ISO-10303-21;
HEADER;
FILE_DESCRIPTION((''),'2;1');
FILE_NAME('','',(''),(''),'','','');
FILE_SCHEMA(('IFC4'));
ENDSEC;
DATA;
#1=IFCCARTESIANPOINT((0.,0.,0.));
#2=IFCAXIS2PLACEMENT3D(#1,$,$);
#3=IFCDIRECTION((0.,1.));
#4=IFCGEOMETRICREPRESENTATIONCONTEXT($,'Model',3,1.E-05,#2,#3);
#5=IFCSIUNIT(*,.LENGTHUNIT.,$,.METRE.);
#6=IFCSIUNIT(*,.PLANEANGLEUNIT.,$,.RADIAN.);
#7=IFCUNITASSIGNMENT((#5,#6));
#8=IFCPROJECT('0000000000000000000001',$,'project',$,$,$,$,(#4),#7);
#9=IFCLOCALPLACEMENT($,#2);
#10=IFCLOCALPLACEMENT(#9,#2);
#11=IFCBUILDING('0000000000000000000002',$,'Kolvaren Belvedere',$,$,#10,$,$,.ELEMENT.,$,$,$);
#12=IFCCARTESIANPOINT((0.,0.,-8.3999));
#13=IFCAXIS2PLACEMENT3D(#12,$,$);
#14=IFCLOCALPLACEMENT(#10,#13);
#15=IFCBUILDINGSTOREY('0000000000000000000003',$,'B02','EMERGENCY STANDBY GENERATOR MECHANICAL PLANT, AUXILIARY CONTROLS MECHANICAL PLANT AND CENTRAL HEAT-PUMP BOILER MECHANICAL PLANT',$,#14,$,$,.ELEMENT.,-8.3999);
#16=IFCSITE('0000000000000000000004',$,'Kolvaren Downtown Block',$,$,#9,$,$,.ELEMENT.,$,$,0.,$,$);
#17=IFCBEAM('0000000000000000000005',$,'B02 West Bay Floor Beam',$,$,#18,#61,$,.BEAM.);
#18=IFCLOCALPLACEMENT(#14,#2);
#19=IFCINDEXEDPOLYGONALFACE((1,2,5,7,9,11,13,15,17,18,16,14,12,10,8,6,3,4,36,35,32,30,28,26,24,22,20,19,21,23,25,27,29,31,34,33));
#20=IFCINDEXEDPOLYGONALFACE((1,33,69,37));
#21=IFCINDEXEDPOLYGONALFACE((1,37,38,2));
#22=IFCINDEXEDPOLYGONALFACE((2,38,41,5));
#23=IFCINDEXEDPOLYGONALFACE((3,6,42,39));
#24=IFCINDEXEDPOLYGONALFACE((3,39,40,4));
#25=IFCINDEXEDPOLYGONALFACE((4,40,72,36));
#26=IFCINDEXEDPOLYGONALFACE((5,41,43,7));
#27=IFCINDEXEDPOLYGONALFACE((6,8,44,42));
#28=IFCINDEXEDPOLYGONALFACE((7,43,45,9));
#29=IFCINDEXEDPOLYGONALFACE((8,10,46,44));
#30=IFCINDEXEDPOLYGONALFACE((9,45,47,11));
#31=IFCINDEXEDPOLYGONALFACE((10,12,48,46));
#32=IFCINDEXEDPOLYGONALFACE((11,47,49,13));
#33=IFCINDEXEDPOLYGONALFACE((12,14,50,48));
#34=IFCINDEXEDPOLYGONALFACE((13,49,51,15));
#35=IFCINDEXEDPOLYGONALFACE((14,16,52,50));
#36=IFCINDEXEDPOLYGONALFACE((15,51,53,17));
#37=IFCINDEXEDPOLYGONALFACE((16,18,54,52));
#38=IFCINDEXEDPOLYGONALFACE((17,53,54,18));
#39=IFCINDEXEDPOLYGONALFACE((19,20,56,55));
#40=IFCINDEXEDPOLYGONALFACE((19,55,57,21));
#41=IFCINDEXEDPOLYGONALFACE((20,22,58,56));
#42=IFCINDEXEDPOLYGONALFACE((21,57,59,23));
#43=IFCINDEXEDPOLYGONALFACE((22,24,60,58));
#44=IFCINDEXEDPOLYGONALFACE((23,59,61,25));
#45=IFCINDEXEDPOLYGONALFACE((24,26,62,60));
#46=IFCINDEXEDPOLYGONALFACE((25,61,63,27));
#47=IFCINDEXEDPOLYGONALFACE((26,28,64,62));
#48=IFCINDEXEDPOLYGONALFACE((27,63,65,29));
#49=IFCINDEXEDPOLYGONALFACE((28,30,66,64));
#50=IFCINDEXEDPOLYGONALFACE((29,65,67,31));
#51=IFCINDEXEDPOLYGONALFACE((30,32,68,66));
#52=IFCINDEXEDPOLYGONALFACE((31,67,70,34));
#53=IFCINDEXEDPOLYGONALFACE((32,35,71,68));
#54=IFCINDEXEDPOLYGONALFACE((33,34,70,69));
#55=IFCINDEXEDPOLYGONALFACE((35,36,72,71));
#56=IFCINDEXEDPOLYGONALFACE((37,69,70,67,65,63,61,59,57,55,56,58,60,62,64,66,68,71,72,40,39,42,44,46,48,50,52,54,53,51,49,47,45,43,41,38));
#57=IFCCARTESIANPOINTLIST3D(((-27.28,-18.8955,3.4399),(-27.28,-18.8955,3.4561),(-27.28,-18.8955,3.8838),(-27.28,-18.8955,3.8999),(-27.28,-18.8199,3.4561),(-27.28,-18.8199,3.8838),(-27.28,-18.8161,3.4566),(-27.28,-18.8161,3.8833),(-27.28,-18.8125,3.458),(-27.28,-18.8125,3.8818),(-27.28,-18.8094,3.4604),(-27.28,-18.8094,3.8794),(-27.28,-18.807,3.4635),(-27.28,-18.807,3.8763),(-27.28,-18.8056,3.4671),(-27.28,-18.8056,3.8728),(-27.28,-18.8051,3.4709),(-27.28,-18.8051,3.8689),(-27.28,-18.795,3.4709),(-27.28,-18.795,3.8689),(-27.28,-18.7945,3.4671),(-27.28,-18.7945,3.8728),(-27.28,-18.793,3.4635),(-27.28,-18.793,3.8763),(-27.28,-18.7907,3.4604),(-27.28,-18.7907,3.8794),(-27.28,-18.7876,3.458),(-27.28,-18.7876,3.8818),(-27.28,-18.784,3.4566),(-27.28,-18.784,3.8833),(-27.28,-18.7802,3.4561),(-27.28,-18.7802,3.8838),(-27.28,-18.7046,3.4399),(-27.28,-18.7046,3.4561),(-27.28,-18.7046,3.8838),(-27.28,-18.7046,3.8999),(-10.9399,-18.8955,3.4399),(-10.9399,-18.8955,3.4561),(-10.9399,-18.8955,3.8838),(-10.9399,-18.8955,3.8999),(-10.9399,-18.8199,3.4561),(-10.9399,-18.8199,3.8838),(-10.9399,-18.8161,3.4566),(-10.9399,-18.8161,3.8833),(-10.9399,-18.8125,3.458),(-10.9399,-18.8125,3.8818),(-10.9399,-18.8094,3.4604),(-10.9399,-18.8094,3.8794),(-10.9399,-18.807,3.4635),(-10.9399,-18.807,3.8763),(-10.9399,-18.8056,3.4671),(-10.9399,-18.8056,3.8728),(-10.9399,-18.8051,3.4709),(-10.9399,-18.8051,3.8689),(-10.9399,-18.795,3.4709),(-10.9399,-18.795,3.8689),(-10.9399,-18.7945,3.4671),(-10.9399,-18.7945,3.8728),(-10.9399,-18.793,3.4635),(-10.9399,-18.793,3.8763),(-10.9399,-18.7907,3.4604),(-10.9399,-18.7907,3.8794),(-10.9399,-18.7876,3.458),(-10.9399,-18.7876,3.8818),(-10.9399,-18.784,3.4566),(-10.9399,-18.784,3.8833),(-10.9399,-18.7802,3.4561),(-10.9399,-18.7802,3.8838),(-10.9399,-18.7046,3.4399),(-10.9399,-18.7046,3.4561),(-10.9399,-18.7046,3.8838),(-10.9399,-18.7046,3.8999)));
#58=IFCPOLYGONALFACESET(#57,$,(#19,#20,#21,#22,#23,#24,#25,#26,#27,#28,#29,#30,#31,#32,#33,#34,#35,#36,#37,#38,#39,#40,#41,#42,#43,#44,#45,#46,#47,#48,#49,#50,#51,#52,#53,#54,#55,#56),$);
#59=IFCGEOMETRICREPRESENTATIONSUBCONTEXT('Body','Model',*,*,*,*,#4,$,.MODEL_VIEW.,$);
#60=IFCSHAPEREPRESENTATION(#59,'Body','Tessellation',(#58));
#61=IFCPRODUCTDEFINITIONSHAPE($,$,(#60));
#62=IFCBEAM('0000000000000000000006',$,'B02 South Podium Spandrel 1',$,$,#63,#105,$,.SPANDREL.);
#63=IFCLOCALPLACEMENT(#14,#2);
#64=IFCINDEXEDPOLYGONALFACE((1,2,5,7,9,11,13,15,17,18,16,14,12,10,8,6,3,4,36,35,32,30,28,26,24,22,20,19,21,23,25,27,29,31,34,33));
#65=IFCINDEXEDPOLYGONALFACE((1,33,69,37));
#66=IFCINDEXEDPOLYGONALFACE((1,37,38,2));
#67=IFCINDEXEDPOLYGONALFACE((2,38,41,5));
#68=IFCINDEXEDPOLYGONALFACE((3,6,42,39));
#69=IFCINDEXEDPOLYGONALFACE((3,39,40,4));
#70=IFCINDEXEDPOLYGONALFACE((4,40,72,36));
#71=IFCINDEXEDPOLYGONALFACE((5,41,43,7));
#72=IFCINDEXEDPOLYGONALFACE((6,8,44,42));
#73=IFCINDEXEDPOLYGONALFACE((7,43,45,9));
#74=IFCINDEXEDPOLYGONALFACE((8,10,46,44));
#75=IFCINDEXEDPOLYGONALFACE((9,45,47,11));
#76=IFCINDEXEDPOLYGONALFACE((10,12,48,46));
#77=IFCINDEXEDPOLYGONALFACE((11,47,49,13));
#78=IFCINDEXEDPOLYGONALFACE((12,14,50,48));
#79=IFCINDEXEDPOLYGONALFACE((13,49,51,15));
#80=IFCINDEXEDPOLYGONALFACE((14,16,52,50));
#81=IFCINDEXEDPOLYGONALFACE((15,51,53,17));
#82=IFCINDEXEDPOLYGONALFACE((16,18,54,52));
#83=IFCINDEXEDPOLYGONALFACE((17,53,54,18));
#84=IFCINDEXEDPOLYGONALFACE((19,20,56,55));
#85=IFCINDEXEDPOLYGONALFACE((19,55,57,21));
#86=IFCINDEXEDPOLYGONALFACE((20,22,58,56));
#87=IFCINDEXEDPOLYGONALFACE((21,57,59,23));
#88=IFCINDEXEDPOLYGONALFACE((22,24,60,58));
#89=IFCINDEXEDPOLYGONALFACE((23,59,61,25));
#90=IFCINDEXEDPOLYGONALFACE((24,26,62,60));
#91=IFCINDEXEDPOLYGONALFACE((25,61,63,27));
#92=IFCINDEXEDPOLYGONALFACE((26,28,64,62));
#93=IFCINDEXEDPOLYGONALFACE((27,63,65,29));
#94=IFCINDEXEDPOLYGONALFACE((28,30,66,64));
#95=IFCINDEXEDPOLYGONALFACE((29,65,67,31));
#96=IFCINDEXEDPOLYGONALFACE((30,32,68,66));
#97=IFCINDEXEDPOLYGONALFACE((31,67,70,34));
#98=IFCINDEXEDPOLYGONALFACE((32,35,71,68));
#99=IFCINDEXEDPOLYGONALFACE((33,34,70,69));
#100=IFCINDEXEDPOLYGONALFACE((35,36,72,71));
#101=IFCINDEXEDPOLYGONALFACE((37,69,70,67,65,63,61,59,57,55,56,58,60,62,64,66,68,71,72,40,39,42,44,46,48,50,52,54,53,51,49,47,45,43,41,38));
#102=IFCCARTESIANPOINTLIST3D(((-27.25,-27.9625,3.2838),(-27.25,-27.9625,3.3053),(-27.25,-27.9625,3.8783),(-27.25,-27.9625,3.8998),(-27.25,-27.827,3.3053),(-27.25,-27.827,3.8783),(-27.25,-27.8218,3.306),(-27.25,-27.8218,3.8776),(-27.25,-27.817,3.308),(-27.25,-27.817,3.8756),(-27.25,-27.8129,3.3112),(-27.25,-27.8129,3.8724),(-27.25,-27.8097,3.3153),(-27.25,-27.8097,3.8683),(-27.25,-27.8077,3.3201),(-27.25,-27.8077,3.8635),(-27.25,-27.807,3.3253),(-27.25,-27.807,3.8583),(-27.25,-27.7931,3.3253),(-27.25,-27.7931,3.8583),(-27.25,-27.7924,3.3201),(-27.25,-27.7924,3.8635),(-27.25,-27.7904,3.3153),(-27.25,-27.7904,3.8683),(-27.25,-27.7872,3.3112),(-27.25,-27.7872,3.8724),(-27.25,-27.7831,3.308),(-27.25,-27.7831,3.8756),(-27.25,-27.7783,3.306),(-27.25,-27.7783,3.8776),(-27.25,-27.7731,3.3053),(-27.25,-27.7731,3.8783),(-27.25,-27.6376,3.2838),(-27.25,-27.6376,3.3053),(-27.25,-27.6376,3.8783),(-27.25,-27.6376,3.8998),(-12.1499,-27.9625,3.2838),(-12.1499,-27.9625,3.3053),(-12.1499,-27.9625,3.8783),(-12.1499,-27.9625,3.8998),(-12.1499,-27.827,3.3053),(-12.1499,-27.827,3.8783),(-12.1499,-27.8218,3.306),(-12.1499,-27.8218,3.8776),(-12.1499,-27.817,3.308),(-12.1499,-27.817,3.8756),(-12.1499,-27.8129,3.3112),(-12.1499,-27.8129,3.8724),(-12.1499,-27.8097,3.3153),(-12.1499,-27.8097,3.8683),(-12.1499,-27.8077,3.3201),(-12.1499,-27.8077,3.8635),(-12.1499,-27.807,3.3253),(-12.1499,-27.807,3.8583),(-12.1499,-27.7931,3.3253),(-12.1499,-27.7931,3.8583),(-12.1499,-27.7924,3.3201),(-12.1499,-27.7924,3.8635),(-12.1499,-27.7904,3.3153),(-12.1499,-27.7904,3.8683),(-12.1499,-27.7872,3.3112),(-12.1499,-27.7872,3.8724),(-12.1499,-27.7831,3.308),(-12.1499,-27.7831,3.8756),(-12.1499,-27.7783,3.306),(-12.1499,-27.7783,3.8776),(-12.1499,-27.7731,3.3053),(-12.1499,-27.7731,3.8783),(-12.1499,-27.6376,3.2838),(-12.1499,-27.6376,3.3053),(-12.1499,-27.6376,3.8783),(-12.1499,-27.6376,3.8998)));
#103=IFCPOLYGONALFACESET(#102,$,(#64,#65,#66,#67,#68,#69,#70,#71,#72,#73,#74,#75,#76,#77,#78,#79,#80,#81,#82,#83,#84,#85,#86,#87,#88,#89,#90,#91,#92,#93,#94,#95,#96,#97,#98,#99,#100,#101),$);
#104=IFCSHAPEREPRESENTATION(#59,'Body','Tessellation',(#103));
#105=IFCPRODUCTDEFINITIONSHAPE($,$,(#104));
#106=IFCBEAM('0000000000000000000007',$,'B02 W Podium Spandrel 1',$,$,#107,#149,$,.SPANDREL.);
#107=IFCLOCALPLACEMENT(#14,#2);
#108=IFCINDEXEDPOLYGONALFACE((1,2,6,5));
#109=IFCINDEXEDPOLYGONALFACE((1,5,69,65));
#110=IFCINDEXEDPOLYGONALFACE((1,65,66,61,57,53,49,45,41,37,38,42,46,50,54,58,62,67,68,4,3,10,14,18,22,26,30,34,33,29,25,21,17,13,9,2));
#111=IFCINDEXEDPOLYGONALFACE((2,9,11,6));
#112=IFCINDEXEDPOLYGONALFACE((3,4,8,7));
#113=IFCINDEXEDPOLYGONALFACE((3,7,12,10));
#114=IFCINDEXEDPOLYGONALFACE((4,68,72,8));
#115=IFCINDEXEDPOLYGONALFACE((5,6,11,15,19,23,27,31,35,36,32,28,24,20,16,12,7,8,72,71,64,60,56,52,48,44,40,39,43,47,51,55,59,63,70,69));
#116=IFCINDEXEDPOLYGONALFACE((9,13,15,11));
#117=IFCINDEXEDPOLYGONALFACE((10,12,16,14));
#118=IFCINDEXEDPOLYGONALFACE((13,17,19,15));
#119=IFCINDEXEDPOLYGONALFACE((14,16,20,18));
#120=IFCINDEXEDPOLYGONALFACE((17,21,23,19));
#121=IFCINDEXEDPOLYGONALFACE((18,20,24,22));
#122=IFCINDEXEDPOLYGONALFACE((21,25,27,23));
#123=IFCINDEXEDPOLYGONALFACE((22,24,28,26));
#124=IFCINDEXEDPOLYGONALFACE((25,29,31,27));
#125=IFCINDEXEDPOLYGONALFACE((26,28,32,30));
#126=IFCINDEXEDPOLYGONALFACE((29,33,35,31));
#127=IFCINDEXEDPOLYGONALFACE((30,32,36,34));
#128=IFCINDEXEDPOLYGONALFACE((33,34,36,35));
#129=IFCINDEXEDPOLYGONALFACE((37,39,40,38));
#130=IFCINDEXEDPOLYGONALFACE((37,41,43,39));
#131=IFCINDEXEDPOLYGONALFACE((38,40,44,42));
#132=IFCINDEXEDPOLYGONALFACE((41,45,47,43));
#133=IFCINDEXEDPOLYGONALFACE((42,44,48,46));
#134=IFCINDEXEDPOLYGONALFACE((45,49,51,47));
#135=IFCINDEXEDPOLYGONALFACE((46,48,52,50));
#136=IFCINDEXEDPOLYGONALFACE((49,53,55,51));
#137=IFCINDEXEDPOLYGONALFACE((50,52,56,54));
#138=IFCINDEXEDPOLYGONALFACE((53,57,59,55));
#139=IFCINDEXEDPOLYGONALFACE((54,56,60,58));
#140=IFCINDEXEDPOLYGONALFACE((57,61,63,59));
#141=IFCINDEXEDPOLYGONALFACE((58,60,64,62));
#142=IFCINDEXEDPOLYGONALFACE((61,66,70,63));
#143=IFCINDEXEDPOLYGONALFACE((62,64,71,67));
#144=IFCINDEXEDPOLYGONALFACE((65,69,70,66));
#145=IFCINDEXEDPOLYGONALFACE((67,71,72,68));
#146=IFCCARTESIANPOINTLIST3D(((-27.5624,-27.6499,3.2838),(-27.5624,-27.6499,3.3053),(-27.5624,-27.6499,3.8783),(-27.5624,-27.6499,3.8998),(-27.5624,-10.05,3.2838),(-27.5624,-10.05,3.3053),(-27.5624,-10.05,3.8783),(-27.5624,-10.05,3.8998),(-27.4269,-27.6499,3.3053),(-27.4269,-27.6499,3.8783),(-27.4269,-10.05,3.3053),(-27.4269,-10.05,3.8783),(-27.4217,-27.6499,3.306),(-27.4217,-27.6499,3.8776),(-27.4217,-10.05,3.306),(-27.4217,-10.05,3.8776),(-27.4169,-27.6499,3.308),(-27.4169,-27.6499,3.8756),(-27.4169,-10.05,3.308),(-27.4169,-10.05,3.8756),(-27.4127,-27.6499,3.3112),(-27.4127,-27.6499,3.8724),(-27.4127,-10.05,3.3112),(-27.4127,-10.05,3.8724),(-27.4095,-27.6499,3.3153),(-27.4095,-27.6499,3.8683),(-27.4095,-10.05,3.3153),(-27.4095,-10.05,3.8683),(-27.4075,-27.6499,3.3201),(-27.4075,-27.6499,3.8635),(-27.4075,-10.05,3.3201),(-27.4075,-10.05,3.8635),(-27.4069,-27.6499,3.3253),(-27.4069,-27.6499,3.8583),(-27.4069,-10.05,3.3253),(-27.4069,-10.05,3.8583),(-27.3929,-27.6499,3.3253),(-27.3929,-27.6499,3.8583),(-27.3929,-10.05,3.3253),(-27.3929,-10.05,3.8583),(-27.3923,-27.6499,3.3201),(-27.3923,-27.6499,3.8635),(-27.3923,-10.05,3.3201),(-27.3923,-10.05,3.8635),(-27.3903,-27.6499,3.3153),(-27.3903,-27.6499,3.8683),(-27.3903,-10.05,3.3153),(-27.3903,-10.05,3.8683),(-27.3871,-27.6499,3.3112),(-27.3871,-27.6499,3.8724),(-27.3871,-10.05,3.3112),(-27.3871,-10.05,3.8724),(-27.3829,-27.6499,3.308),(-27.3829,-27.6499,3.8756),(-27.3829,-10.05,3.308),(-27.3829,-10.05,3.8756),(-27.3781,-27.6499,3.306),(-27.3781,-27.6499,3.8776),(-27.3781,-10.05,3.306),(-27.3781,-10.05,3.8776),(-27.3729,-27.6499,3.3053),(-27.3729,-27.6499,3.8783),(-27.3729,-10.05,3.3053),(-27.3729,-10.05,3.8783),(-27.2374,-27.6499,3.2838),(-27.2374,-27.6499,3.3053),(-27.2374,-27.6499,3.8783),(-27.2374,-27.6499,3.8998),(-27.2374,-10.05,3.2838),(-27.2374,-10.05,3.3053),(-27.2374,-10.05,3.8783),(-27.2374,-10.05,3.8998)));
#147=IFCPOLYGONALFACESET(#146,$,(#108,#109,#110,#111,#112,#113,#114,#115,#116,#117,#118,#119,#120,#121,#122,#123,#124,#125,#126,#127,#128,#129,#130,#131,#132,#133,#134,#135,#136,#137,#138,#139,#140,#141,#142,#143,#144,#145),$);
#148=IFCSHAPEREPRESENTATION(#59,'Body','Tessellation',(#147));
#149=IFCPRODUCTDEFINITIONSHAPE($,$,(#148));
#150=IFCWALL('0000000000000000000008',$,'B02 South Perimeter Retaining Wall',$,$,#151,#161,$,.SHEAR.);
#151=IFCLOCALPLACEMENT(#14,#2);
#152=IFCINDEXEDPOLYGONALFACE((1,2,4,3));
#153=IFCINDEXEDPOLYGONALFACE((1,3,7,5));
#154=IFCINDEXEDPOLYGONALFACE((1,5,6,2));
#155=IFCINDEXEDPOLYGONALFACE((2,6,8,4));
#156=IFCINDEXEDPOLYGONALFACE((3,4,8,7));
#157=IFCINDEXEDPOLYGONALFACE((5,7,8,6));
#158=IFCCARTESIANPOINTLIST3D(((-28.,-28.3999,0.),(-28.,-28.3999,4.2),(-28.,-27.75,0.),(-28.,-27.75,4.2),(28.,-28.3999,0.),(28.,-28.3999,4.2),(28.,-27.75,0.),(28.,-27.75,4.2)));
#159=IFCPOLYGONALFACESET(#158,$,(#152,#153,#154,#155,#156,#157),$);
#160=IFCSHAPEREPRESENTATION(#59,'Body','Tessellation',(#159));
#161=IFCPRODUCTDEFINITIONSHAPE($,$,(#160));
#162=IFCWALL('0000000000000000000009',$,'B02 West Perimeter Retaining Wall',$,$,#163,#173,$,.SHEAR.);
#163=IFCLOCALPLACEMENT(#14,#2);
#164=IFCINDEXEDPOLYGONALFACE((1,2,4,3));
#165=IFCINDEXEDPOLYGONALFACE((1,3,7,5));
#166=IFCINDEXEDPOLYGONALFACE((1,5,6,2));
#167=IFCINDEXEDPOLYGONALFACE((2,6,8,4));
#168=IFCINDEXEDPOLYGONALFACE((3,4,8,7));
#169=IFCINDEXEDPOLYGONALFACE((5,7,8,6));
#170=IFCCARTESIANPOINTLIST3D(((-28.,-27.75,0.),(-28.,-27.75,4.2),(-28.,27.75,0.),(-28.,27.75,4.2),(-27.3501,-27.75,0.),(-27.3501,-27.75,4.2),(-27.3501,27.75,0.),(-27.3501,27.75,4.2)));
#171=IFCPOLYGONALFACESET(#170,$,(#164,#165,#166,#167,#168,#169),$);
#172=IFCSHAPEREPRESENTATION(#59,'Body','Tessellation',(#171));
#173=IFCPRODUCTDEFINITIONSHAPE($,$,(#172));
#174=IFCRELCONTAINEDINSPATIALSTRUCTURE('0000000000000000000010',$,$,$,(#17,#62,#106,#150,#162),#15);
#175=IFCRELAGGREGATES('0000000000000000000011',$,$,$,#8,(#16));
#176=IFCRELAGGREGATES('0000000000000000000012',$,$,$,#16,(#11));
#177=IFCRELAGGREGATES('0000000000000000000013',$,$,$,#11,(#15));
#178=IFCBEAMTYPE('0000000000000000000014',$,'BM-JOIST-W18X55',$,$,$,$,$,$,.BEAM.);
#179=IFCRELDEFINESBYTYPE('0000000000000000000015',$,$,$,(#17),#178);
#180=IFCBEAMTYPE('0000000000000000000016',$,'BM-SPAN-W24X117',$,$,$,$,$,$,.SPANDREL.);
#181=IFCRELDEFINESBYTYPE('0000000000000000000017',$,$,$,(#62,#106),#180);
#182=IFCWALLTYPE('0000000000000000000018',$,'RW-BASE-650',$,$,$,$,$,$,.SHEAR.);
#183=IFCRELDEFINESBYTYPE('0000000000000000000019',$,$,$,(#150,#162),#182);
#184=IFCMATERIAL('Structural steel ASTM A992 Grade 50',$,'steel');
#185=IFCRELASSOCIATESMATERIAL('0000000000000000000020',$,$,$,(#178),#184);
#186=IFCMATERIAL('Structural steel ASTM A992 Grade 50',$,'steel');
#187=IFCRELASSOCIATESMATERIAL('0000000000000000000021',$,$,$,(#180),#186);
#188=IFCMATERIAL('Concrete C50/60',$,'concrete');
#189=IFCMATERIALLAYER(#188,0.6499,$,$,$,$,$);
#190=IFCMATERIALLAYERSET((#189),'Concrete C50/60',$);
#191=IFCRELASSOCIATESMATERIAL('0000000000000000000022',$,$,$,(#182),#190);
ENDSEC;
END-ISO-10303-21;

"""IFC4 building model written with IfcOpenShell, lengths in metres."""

from ifc_helpers import new_model, si_unit, direction, frame, frame_2d, origin, origin_2d, place, context, subcontext, project, spatial, rectangle, i_section, extrude, material, layer, layer_set, material_profile, profile_set, type_object, element, save


model = new_model("IFC4")

# Units and contexts
model_context = context("Model", 3, precision=1e-05, world=origin(), true_north=direction((0.0, 1.0)))
body_context = subcontext(model_context, "Body", "Model", "MODEL_VIEW")
ifc_project = project(units=[si_unit("LENGTHUNIT", "METRE"), si_unit("PLANEANGLEUNIT", "RADIAN")], contexts=[model_context])

# Site, building, storey
site_placement = place(None, origin())
site = spatial("IfcSite", under=ifc_project, at=site_placement, Name="Kolvaren Downtown Block", CompositionType="ELEMENT", RefElevation=0.0)
building_placement = place(site_placement, origin())
building = spatial("IfcBuilding", under=site, at=building_placement, Name="Kolvaren Belvedere", CompositionType="ELEMENT")
storey_placement = place(building_placement, frame((0.0, 0.0, -8.3999)))
storey = spatial("IfcBuildingStorey", under=building, at=storey_placement, Name="B02", Description="EMERGENCY STANDBY GENERATOR MECHANICAL PLANT, AUXILIARY CONTROLS MECHANICAL PLANT AND CENTRAL HEAT-PUMP BOILER MECHANICAL PLANT", CompositionType="ELEMENT", Elevation=-8.3999)

# Beams
ifc_material_1 = material(Name="Structural steel ASTM A992 Grade 50", Category="steel")
ifc_material_profile_1 = material_profile(ifc_material_1, i_section(OverallWidth=0.1909, OverallDepth=0.46, WebThickness=0.01, FlangeThickness=0.0161, FilletRadius=0.0149, at=origin_2d()), Name="W18X55")
ifc_profile_set_1 = profile_set([ifc_material_profile_1], Name="Structural steel ASTM A992 Grade 50")
beam_type_1 = type_object("IfcBeamType", Name="BM-JOIST-W18X55", PredefinedType="BEAM", material=ifc_profile_set_1)
beam_1_placement = place(storey_placement, frame((-27.28, -18.8, 3.6699), z_axis=(1.0, 0.0, 0.0), x_axis=(0.0, 1.0, 0.0)))
element("IfcBeam", 1, at=beam_1_placement, inside=storey, type_object=beam_type_1, Name="B02 West Bay Floor Beam", PredefinedType="BEAM", context=body_context, shape_type="SweptSolid", body=[
    extrude(i_section(OverallWidth=0.1909, OverallDepth=0.46, WebThickness=0.01, FlangeThickness=0.0161, FilletRadius=0.0149, at=origin_2d()), origin(), (0.0, 0.0, 1.0), 16.3401),
])
ifc_material_2 = material(Name="Structural steel ASTM A992 Grade 50", Category="steel")
ifc_material_profile_2 = material_profile(ifc_material_2, i_section(OverallWidth=0.325, OverallDepth=0.616, WebThickness=0.0139, FlangeThickness=0.0215, FilletRadius=0.02, at=origin_2d()), Name="W24X117")
ifc_profile_set_2 = profile_set([ifc_material_profile_2], Name="Structural steel ASTM A992 Grade 50")
beam_type_2 = type_object("IfcBeamType", Name="BM-SPAN-W24X117", PredefinedType="SPANDREL", material=ifc_profile_set_2)
beam_2_placement = place(storey_placement, frame((-27.25, -27.8, 3.5918), z_axis=(1.0, 0.0, 0.0), x_axis=(0.0, 1.0, 0.0)))
element("IfcBeam", 2, at=beam_2_placement, inside=storey, type_object=beam_type_2, Name="B02 South Podium Spandrel 1", PredefinedType="SPANDREL", context=body_context, shape_type="SweptSolid", body=[
    extrude(i_section(OverallWidth=0.325, OverallDepth=0.616, WebThickness=0.0139, FlangeThickness=0.0215, FilletRadius=0.02, at=origin_2d()), origin(), (0.0, 0.0, 1.0), 15.1001),
])
beam_3_placement = place(storey_placement, frame((-27.3999, -27.6499, 3.5918), z_axis=(0.0, 1.0, 0.0), x_axis=(-1.0, 0.0, 0.0)))
element("IfcBeam", 3, at=beam_3_placement, inside=storey, type_object=beam_type_2, Name="B02 W Podium Spandrel 1", PredefinedType="SPANDREL", context=body_context, shape_type="SweptSolid", body=[
    extrude(i_section(OverallWidth=0.325, OverallDepth=0.616, WebThickness=0.0139, FlangeThickness=0.0215, FilletRadius=0.02, at=origin_2d()), origin(), (0.0, 0.0, 1.0), 17.5999),
])

# Walls
ifc_material_3 = material(Name="Concrete C50/60", Category="concrete")
ifc_layer_1 = layer(ifc_material_3, 0.6499)
ifc_layer_set_1 = layer_set([ifc_layer_1], Name="Concrete C50/60")
wall_type_1 = type_object("IfcWallType", Name="RW-BASE-650", PredefinedType="SHEAR", material=ifc_layer_set_1)
wall_1_placement = place(storey_placement, frame((-28.0, -28.075, 0.0), z_axis=(0.0, 0.0, 1.0), x_axis=(1.0, 0.0, 0.0)))
element("IfcWall", 4, at=wall_1_placement, inside=storey, type_object=wall_type_1, Name="B02 South Perimeter Retaining Wall", PredefinedType="SHEAR", context=body_context, shape_type="SweptSolid", body=[
    extrude(rectangle(XDim=56.0, YDim=0.6499, at=frame_2d((28.0, 0.0))), origin(), (0.0, 0.0, 1.0), 4.2),
])
wall_2_placement = place(storey_placement, frame((-27.675, -27.75, 0.0), z_axis=(0.0, 0.0, 1.0), x_axis=(0.0, 1.0, 0.0)))
element("IfcWall", 5, at=wall_2_placement, inside=storey, type_object=wall_type_1, Name="B02 West Perimeter Retaining Wall", PredefinedType="SHEAR", context=body_context, shape_type="SweptSolid", body=[
    extrude(rectangle(XDim=55.5, YDim=0.6499, at=frame_2d((27.75, 0.0))), origin(), (0.0, 0.0, 1.0), 4.2),
])

save(model, "model.ifc")
